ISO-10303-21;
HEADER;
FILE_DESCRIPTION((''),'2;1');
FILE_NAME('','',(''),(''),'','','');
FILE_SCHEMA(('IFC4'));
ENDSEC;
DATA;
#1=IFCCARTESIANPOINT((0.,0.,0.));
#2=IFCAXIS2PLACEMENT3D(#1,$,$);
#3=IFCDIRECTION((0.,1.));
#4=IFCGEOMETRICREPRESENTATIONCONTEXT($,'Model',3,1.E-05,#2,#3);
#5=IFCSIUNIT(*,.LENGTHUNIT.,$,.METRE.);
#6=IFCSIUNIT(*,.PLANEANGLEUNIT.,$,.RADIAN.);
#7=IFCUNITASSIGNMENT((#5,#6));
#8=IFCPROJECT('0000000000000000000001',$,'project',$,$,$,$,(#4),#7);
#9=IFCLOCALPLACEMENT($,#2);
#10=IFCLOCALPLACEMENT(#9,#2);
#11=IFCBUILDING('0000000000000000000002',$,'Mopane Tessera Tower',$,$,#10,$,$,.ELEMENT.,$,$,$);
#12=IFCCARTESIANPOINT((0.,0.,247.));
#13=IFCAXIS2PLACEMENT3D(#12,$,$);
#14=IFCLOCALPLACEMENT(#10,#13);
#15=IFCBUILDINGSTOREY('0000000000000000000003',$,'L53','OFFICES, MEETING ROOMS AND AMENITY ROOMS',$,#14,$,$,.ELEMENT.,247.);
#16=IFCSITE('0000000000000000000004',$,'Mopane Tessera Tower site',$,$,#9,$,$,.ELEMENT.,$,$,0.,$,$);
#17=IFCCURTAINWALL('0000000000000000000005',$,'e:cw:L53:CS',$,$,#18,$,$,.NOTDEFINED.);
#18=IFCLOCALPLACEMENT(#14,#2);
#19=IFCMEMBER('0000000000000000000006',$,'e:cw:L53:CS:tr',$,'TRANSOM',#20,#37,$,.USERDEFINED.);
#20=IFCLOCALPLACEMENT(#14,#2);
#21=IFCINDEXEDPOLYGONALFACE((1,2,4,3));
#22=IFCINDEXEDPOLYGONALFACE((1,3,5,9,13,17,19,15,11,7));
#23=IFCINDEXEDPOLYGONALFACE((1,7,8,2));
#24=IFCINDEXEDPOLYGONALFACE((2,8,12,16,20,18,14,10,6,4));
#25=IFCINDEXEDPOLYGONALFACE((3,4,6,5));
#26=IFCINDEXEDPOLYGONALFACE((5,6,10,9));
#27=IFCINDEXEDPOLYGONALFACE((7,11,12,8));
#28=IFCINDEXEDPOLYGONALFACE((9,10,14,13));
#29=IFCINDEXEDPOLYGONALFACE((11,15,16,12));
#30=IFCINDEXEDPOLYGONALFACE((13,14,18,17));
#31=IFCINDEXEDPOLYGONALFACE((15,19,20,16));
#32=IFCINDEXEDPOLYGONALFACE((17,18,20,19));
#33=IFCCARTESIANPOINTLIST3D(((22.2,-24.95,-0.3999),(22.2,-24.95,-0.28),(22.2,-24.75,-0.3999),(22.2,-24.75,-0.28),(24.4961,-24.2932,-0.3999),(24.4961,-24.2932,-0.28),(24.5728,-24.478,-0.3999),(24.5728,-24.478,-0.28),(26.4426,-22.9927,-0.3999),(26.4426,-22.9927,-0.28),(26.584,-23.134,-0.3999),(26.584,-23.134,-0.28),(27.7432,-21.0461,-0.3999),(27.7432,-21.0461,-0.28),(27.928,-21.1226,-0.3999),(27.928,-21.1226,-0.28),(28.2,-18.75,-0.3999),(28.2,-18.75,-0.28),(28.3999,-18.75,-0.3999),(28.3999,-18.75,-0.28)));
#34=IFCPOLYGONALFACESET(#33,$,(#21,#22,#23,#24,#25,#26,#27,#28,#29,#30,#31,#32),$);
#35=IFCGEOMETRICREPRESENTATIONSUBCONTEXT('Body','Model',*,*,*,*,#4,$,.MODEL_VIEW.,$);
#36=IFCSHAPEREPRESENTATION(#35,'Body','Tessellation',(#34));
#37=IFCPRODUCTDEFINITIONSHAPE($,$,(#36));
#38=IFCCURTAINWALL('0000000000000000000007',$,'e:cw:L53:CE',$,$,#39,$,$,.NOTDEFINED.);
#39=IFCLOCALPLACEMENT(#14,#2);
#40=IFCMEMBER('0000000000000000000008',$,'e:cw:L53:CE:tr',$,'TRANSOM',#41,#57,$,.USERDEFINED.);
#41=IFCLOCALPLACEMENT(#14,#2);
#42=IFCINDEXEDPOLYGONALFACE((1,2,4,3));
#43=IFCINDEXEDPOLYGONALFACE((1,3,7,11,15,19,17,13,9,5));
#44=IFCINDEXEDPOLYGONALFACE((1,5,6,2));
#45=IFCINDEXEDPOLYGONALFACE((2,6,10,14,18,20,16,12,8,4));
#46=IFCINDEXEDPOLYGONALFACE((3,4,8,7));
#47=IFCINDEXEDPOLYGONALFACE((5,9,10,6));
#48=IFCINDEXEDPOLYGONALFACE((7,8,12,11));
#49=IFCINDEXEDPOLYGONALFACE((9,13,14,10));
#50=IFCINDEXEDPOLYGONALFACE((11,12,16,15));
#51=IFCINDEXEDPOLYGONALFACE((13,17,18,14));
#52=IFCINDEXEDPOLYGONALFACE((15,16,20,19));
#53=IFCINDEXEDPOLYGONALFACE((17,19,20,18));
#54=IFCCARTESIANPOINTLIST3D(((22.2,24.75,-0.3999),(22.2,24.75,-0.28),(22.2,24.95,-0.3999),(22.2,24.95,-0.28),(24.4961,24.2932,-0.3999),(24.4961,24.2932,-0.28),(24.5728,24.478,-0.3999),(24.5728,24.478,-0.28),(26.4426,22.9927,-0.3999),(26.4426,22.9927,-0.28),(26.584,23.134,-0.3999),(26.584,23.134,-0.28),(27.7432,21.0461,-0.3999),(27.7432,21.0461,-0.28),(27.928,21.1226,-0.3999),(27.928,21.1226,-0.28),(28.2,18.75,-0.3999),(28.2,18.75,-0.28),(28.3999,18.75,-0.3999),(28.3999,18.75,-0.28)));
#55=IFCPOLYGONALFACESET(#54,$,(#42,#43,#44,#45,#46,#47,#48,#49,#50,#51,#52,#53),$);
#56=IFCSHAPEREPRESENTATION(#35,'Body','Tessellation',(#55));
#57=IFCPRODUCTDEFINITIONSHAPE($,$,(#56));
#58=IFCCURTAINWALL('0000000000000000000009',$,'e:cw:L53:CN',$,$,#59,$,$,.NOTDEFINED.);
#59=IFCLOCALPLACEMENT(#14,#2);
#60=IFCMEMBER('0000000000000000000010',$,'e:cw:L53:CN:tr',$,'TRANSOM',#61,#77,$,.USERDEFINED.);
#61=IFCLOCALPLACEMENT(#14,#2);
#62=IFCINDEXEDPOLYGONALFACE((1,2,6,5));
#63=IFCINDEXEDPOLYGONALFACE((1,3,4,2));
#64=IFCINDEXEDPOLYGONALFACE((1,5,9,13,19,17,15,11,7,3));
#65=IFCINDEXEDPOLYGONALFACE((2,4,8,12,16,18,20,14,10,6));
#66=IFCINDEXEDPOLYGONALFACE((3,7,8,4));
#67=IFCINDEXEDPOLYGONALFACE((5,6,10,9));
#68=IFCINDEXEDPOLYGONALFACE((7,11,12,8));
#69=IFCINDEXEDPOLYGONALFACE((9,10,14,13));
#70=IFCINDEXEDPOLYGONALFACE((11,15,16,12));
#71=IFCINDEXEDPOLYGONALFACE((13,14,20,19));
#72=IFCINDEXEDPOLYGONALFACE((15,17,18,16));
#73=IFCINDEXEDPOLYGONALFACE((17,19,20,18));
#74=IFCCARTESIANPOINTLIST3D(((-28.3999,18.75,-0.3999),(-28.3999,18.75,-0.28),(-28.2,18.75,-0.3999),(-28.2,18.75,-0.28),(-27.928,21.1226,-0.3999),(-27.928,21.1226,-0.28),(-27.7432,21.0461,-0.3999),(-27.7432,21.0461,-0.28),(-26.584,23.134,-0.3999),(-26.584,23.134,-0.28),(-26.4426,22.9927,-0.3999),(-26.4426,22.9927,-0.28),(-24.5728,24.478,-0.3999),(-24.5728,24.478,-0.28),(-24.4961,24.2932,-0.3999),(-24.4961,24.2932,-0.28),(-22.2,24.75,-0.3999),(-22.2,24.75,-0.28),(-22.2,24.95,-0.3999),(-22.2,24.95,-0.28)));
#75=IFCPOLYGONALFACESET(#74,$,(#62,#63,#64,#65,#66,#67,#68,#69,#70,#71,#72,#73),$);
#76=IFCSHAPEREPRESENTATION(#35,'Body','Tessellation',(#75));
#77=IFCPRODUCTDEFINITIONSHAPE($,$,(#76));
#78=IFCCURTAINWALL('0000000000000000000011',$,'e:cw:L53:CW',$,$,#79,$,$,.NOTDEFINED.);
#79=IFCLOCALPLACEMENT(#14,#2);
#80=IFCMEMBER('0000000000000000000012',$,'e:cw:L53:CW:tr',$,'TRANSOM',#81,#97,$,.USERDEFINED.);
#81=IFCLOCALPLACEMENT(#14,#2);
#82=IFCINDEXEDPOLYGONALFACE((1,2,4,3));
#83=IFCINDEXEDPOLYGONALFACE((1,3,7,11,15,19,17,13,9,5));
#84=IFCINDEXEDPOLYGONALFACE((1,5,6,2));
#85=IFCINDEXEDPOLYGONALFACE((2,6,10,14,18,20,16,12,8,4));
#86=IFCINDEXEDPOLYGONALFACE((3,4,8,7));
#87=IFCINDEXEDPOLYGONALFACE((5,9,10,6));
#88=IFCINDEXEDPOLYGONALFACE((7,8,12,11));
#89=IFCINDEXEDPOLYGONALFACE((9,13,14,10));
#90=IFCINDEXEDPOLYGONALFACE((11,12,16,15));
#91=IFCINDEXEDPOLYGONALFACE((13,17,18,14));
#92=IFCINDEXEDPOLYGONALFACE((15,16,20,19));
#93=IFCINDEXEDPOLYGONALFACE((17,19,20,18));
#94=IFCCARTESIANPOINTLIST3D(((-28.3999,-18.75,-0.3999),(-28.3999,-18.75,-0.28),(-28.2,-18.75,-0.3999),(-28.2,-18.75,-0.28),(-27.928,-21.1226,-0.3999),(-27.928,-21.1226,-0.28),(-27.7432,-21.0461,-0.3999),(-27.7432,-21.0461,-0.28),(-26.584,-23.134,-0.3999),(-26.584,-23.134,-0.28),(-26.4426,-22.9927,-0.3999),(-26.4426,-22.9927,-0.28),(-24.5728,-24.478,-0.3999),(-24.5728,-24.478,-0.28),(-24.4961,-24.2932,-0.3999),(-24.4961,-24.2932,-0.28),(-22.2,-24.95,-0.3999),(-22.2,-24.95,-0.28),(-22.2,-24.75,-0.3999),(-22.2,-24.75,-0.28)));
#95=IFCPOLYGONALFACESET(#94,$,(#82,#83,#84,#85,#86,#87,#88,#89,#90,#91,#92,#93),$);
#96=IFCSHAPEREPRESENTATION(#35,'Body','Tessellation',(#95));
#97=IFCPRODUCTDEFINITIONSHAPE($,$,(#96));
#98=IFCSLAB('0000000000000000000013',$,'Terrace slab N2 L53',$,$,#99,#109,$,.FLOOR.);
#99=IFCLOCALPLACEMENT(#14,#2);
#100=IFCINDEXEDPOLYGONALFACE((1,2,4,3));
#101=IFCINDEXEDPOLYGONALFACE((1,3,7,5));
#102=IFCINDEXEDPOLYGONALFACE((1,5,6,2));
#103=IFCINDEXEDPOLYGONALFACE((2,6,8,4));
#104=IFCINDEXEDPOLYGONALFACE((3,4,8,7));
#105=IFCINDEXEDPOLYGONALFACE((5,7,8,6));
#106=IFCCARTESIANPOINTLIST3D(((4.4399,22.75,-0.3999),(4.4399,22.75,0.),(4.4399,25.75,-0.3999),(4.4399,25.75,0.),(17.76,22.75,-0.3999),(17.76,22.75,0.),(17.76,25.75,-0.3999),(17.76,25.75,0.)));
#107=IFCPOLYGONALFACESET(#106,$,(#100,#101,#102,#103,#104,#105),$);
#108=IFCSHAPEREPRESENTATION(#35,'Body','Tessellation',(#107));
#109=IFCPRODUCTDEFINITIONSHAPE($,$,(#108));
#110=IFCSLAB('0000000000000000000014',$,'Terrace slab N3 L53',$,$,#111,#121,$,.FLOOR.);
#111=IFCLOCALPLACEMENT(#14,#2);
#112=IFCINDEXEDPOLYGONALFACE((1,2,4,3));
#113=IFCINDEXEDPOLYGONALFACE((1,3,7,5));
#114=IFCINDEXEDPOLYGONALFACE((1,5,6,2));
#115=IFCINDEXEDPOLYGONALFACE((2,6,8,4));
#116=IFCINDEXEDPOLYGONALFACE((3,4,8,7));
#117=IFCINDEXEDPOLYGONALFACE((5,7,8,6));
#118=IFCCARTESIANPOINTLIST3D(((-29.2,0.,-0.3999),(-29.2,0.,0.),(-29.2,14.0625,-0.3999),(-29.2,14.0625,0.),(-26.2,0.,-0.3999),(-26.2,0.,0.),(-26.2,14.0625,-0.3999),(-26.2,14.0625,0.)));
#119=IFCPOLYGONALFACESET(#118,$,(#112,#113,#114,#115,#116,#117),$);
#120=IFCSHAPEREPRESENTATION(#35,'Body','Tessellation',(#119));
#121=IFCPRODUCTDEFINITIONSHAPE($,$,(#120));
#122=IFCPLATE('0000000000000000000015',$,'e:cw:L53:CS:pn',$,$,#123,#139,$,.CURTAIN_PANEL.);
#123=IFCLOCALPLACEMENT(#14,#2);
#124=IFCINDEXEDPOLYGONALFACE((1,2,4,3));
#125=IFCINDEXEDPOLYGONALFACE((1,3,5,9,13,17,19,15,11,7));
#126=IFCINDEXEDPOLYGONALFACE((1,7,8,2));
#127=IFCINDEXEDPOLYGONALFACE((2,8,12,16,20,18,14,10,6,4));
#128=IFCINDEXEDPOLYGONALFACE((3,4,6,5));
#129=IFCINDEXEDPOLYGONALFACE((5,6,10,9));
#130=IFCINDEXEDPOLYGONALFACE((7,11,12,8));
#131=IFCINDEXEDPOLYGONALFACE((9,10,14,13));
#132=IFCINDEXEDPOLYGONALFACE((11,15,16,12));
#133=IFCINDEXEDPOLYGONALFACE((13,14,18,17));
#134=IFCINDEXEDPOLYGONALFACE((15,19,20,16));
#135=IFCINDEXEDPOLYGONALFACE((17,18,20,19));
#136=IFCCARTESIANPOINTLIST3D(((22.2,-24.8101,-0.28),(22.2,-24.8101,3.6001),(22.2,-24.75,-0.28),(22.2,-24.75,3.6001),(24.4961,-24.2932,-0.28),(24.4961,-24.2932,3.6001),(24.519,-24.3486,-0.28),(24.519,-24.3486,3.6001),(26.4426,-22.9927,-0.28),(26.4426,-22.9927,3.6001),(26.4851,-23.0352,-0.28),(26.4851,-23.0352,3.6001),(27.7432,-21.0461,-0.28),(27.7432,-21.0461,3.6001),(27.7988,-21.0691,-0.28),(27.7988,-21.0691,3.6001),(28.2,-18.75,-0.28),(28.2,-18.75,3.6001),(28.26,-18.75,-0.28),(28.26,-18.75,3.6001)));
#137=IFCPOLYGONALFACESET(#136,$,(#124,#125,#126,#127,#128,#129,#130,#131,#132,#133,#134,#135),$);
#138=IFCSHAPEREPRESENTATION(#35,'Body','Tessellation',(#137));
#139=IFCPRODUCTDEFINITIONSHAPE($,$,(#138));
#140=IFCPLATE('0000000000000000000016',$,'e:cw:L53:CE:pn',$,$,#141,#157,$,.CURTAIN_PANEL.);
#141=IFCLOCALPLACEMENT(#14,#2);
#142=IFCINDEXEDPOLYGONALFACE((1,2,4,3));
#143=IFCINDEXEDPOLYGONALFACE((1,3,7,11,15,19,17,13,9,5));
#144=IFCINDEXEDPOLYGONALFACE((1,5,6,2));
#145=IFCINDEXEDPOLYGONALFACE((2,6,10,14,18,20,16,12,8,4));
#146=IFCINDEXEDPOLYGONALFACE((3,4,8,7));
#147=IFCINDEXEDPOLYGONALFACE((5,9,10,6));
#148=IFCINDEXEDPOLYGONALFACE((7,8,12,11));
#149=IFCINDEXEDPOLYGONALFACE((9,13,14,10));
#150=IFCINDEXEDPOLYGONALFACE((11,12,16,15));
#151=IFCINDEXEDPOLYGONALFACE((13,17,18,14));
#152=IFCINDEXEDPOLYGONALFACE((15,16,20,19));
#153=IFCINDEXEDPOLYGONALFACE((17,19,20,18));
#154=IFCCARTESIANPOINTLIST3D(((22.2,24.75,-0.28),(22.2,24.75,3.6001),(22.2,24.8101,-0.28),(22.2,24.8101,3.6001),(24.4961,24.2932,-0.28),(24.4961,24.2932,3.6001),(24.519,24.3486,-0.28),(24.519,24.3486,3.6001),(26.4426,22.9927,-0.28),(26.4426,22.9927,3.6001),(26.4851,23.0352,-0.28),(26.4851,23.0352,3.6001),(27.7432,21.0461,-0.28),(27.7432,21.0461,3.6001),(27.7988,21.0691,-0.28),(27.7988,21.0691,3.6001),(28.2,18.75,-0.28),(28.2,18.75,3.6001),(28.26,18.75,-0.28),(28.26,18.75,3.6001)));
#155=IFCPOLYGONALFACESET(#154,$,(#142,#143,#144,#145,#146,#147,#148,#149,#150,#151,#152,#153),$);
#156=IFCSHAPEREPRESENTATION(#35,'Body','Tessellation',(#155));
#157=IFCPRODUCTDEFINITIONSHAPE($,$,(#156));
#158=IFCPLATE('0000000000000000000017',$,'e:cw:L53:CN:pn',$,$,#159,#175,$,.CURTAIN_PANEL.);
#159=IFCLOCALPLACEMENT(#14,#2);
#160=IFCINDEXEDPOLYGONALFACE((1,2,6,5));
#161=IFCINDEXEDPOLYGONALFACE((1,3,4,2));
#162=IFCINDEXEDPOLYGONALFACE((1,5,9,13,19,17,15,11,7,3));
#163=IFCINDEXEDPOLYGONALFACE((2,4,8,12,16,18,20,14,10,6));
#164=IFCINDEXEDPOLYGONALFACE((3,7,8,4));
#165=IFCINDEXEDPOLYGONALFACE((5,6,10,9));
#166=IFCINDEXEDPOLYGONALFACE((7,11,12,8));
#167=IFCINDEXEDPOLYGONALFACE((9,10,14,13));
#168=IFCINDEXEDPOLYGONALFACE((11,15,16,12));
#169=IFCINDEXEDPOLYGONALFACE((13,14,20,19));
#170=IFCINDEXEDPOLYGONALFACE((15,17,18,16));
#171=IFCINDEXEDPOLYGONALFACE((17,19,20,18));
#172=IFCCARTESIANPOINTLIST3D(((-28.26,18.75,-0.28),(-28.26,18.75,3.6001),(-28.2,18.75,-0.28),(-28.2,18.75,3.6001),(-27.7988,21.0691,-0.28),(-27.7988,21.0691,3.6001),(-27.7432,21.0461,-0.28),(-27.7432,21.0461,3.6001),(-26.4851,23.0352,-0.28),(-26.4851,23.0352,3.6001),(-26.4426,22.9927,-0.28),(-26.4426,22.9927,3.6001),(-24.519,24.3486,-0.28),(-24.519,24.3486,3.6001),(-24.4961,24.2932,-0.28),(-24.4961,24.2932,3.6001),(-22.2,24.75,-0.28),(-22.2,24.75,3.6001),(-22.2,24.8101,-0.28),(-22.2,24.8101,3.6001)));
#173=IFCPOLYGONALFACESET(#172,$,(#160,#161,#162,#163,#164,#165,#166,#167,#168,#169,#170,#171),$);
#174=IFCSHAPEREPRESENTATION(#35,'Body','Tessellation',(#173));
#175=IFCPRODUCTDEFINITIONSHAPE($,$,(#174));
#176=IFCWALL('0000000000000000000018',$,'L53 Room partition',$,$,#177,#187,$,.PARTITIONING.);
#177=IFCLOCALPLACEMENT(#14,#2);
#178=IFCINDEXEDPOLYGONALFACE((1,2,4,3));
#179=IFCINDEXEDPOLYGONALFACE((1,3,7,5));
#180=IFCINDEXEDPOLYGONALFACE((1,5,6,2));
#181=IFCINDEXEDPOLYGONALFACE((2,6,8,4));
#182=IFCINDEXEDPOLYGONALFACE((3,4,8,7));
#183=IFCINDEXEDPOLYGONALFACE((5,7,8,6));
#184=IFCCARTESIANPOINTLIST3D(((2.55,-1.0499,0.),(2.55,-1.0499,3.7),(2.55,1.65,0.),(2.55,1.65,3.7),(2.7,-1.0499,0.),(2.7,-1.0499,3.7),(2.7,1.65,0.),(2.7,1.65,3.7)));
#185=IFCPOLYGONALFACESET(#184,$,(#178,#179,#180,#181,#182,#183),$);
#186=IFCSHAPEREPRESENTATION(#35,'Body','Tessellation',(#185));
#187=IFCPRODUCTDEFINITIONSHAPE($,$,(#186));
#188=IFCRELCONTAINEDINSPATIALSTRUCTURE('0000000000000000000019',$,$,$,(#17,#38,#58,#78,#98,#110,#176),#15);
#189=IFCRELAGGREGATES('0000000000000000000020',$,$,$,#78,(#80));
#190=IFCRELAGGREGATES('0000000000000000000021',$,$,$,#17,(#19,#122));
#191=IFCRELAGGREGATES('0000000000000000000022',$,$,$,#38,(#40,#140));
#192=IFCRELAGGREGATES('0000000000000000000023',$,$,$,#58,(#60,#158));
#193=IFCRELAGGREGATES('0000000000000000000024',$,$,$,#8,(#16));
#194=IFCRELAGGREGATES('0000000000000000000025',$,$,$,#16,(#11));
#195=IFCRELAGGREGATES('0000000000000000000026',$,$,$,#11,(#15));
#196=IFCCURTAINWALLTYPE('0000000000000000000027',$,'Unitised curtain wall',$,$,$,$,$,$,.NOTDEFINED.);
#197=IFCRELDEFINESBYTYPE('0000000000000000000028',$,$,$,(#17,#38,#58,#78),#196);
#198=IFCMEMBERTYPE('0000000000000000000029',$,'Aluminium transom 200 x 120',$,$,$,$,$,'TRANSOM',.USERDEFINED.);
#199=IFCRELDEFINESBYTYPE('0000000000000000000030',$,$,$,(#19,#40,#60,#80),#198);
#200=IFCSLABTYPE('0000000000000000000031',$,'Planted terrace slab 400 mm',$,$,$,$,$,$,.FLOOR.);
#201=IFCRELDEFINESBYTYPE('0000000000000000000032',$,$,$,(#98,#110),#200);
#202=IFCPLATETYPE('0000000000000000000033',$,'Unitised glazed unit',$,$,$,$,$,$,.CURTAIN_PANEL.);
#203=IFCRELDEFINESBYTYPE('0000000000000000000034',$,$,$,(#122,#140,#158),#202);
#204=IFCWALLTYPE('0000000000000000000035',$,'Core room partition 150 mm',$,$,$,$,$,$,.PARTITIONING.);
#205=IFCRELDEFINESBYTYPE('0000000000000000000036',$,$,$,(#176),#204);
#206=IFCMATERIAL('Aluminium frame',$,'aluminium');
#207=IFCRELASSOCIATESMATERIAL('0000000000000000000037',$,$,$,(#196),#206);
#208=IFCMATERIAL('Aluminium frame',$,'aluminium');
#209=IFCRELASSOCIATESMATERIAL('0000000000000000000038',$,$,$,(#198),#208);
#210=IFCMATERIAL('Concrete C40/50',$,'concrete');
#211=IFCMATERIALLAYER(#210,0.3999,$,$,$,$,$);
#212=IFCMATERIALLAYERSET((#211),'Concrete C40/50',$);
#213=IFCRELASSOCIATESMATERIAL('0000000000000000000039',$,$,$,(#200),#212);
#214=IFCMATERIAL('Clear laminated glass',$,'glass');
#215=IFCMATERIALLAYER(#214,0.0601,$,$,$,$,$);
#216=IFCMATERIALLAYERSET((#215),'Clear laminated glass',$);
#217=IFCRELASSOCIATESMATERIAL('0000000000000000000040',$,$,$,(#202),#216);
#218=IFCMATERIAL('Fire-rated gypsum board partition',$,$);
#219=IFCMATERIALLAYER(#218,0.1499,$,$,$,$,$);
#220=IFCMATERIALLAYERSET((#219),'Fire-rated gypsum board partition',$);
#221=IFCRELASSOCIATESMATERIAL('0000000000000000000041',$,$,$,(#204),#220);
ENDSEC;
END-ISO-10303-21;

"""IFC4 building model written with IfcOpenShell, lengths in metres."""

from ifc_helpers import new_model, si_unit, direction, frame, frame_2d, origin, origin_2d, place, context, subcontext, project, spatial, polyline, rectangle, outline, extrude, material, layer, layer_set, material_profile, profile_set, type_object, element, aggregate, save


model = new_model("IFC4")

# Units and contexts
model_context = context("Model", 3, precision=1e-05, world=origin(), true_north=direction((0.0, 1.0)))
body_context = subcontext(model_context, "Body", "Model", "MODEL_VIEW")
ifc_project = project(units=[si_unit("LENGTHUNIT", "METRE"), si_unit("PLANEANGLEUNIT", "RADIAN")], contexts=[model_context])

# Site, building, storey
site_placement = place(None, origin())
site = spatial("IfcSite", under=ifc_project, at=site_placement, Name="Mopane Tessera Tower site", CompositionType="ELEMENT", RefElevation=0.0)
building_placement = place(site_placement, origin())
building = spatial("IfcBuilding", under=site, at=building_placement, Name="Mopane Tessera Tower", CompositionType="ELEMENT")
storey_placement = place(building_placement, frame((0.0, 0.0, 247.0)))
storey = spatial("IfcBuildingStorey", under=building, at=storey_placement, Name="L53", Description="OFFICES, MEETING ROOMS AND AMENITY ROOMS", CompositionType="ELEMENT", Elevation=247.0)

# Curtain walls, members
ifc_material_1 = material(Name="Aluminium frame", Category="aluminium")
curtain_wall_type = type_object("IfcCurtainWallType", Name="Unitised curtain wall", PredefinedType="NOTDEFINED", material=ifc_material_1)
curtain_wall_1_placement = place(storey_placement, origin())
curtain_wall_1 = element("IfcCurtainWall", 1, at=curtain_wall_1_placement, inside=storey, type_object=curtain_wall_type, Name="e:cw:L53:CS", PredefinedType="NOTDEFINED")
ifc_material_2 = material(Name="Aluminium frame", Category="aluminium")
ifc_material_profile = material_profile(ifc_material_2, rectangle(XDim=0.2, YDim=0.1201, at=origin_2d()))
ifc_profile_set = profile_set([ifc_material_profile], Name="Aluminium frame")
member_type = type_object("IfcMemberType", Name="Aluminium transom 200 x 120", ElementType="TRANSOM", PredefinedType="USERDEFINED", material=ifc_profile_set)
member_1_placement = place(storey_placement, frame((0.0, 0.0, -0.3999)))
member_1 = element("IfcMember", 2, at=member_1_placement, type_object=member_type, Name="e:cw:L53:CS:tr", ObjectType="TRANSOM", PredefinedType="USERDEFINED", context=body_context, shape_type="SweptSolid", body=[
    extrude(outline(polyline([(22.2, -24.75), (24.4961, -24.2932), (26.4426, -22.9927), (27.7432, -21.0461), (28.2, -18.75), (28.3999, -18.75), (27.928, -21.1226), (26.584, -23.134), (24.5728, -24.478), (22.2, -24.95), (22.2, -24.75)])), origin(), (0.0, 0.0, 1.0), 0.1199),
])
curtain_wall_2_placement = place(storey_placement, origin())
curtain_wall_2 = element("IfcCurtainWall", 3, at=curtain_wall_2_placement, inside=storey, type_object=curtain_wall_type, Name="e:cw:L53:CE", PredefinedType="NOTDEFINED")
member_2_placement = place(storey_placement, frame((0.0, 0.0, -0.3999)))
member_2 = element("IfcMember", 4, at=member_2_placement, type_object=member_type, Name="e:cw:L53:CE:tr", ObjectType="TRANSOM", PredefinedType="USERDEFINED", context=body_context, shape_type="SweptSolid", body=[
    extrude(outline(polyline([(28.2, 18.75), (27.7432, 21.0461), (26.4426, 22.9927), (24.4961, 24.2932), (22.2, 24.75), (22.2, 24.95), (24.5728, 24.478), (26.584, 23.134), (27.928, 21.1226), (28.3999, 18.75), (28.2, 18.75)])), origin(), (0.0, 0.0, 1.0), 0.1199),
])
curtain_wall_3_placement = place(storey_placement, origin())
curtain_wall_3 = element("IfcCurtainWall", 5, at=curtain_wall_3_placement, inside=storey, type_object=curtain_wall_type, Name="e:cw:L53:CN", PredefinedType="NOTDEFINED")
member_3_placement = place(storey_placement, frame((0.0, 0.0, -0.3999)))
member_3 = element("IfcMember", 6, at=member_3_placement, type_object=member_type, Name="e:cw:L53:CN:tr", ObjectType="TRANSOM", PredefinedType="USERDEFINED", context=body_context, shape_type="SweptSolid", body=[
    extrude(outline(polyline([(-22.2, 24.75), (-24.4961, 24.2932), (-26.4426, 22.9927), (-27.7432, 21.0461), (-28.2, 18.75), (-28.3999, 18.75), (-27.928, 21.1226), (-26.584, 23.134), (-24.5728, 24.478), (-22.2, 24.95), (-22.2, 24.75)])), origin(), (0.0, 0.0, 1.0), 0.1199),
])
curtain_wall_4_placement = place(storey_placement, origin())
curtain_wall_4 = element("IfcCurtainWall", 7, at=curtain_wall_4_placement, inside=storey, type_object=curtain_wall_type, Name="e:cw:L53:CW", PredefinedType="NOTDEFINED")
member_4_placement = place(storey_placement, frame((0.0, 0.0, -0.3999)))
member_4 = element("IfcMember", 8, at=member_4_placement, type_object=member_type, Name="e:cw:L53:CW:tr", ObjectType="TRANSOM", PredefinedType="USERDEFINED", context=body_context, shape_type="SweptSolid", body=[
    extrude(outline(polyline([(-28.2, -18.75), (-27.7432, -21.0461), (-26.4426, -22.9927), (-24.4961, -24.2932), (-22.2, -24.75), (-22.2, -24.95), (-24.5728, -24.478), (-26.584, -23.134), (-27.928, -21.1226), (-28.3999, -18.75), (-28.2, -18.75)])), origin(), (0.0, 0.0, 1.0), 0.1199),
])
aggregate(curtain_wall_4, [member_4])

# Slabs
ifc_material_3 = material(Name="Concrete C40/50", Category="concrete")
ifc_layer_1 = layer(ifc_material_3, 0.3999)
ifc_layer_set_1 = layer_set([ifc_layer_1], Name="Concrete C40/50")
slab_type = type_object("IfcSlabType", Name="Planted terrace slab 400 mm", PredefinedType="FLOOR", material=ifc_layer_set_1)
slab_1_placement = place(storey_placement, frame((0.0, 0.0, -0.3999)))
element("IfcSlab", 9, at=slab_1_placement, inside=storey, type_object=slab_type, Name="Terrace slab N2 L53", PredefinedType="FLOOR", context=body_context, shape_type="SweptSolid", body=[
    extrude(outline(polyline([(4.4399, 25.75), (4.4399, 22.75), (17.76, 22.75), (17.76, 25.75), (4.4399, 25.75)])), origin(), (0.0, 0.0, 1.0), 0.3999),
])
slab_2_placement = place(storey_placement, frame((0.0, 0.0, -0.3999)))
element("IfcSlab", 10, at=slab_2_placement, inside=storey, type_object=slab_type, Name="Terrace slab N3 L53", PredefinedType="FLOOR", context=body_context, shape_type="SweptSolid", body=[
    extrude(outline(polyline([(-29.2, 0.0), (-26.2, 0.0), (-26.2, 14.0625), (-29.2, 14.0625), (-29.2, 0.0)])), origin(), (0.0, 0.0, 1.0), 0.3999),
])

# Plates
ifc_material_4 = material(Name="Clear laminated glass", Category="glass")
ifc_layer_2 = layer(ifc_material_4, 0.0601)
ifc_layer_set_2 = layer_set([ifc_layer_2], Name="Clear laminated glass")
plate_type = type_object("IfcPlateType", Name="Unitised glazed unit", PredefinedType="CURTAIN_PANEL", material=ifc_layer_set_2)
plate_1_placement = place(storey_placement, frame((0.0, 0.0, -0.28)))
plate_1 = element("IfcPlate", 11, at=plate_1_placement, type_object=plate_type, Name="e:cw:L53:CS:pn", PredefinedType="CURTAIN_PANEL", context=body_context, shape_type="SweptSolid", body=[
    extrude(outline(polyline([(22.2, -24.75), (24.4961, -24.2932), (26.4426, -22.9927), (27.7432, -21.0461), (28.2, -18.75), (28.26, -18.75), (27.7988, -21.0691), (26.4851, -23.0352), (24.519, -24.3486), (22.2, -24.8101), (22.2, -24.75)])), origin(), (0.0, 0.0, 1.0), 3.8801),
])
aggregate(curtain_wall_1, [member_1, plate_1])
plate_2_placement = place(storey_placement, frame((0.0, 0.0, -0.28)))
plate_2 = element("IfcPlate", 12, at=plate_2_placement, type_object=plate_type, Name="e:cw:L53:CE:pn", PredefinedType="CURTAIN_PANEL", context=body_context, shape_type="SweptSolid", body=[
    extrude(outline(polyline([(28.2, 18.75), (27.7432, 21.0461), (26.4426, 22.9927), (24.4961, 24.2932), (22.2, 24.75), (22.2, 24.8101), (24.519, 24.3486), (26.4851, 23.0352), (27.7988, 21.0691), (28.26, 18.75), (28.2, 18.75)])), origin(), (0.0, 0.0, 1.0), 3.8801),
])
aggregate(curtain_wall_2, [member_2, plate_2])
plate_3_placement = place(storey_placement, frame((0.0, 0.0, -0.28)))
plate_3 = element("IfcPlate", 13, at=plate_3_placement, type_object=plate_type, Name="e:cw:L53:CN:pn", PredefinedType="CURTAIN_PANEL", context=body_context, shape_type="SweptSolid", body=[
    extrude(outline(polyline([(-22.2, 24.75), (-24.4961, 24.2932), (-26.4426, 22.9927), (-27.7432, 21.0461), (-28.2, 18.75), (-28.26, 18.75), (-27.7988, 21.0691), (-26.4851, 23.0352), (-24.519, 24.3486), (-22.2, 24.8101), (-22.2, 24.75)])), origin(), (0.0, 0.0, 1.0), 3.8801),
])
aggregate(curtain_wall_3, [member_3, plate_3])

# Wall
ifc_material_5 = material(Name="Fire-rated gypsum board partition")
ifc_layer_3 = layer(ifc_material_5, 0.1499)
ifc_layer_set_3 = layer_set([ifc_layer_3], Name="Fire-rated gypsum board partition")
wall_type_1 = type_object("IfcWallType", Name="Core room partition 150 mm", PredefinedType="PARTITIONING", material=ifc_layer_set_3)
for number, where, z_axis, x_axis, name in (
    (14, (2.625, -1.05, 0.0), (0.0, 0.0, 1.0), (0.0, 1.0, 0.0), "L53 Room partition"),
):
    element("IfcWall", number, at=place(storey_placement, frame(where, z_axis=z_axis, x_axis=x_axis)), inside=storey, type_object=wall_type_1, Name=name, PredefinedType="PARTITIONING", context=body_context, shape_type="SweptSolid", body=[
        extrude(rectangle(XDim=2.7, YDim=0.1499, at=frame_2d((1.3501, 0.0))), origin(), (0.0, 0.0, 1.0), 3.7),
    ])

save(model, "model.ifc")
